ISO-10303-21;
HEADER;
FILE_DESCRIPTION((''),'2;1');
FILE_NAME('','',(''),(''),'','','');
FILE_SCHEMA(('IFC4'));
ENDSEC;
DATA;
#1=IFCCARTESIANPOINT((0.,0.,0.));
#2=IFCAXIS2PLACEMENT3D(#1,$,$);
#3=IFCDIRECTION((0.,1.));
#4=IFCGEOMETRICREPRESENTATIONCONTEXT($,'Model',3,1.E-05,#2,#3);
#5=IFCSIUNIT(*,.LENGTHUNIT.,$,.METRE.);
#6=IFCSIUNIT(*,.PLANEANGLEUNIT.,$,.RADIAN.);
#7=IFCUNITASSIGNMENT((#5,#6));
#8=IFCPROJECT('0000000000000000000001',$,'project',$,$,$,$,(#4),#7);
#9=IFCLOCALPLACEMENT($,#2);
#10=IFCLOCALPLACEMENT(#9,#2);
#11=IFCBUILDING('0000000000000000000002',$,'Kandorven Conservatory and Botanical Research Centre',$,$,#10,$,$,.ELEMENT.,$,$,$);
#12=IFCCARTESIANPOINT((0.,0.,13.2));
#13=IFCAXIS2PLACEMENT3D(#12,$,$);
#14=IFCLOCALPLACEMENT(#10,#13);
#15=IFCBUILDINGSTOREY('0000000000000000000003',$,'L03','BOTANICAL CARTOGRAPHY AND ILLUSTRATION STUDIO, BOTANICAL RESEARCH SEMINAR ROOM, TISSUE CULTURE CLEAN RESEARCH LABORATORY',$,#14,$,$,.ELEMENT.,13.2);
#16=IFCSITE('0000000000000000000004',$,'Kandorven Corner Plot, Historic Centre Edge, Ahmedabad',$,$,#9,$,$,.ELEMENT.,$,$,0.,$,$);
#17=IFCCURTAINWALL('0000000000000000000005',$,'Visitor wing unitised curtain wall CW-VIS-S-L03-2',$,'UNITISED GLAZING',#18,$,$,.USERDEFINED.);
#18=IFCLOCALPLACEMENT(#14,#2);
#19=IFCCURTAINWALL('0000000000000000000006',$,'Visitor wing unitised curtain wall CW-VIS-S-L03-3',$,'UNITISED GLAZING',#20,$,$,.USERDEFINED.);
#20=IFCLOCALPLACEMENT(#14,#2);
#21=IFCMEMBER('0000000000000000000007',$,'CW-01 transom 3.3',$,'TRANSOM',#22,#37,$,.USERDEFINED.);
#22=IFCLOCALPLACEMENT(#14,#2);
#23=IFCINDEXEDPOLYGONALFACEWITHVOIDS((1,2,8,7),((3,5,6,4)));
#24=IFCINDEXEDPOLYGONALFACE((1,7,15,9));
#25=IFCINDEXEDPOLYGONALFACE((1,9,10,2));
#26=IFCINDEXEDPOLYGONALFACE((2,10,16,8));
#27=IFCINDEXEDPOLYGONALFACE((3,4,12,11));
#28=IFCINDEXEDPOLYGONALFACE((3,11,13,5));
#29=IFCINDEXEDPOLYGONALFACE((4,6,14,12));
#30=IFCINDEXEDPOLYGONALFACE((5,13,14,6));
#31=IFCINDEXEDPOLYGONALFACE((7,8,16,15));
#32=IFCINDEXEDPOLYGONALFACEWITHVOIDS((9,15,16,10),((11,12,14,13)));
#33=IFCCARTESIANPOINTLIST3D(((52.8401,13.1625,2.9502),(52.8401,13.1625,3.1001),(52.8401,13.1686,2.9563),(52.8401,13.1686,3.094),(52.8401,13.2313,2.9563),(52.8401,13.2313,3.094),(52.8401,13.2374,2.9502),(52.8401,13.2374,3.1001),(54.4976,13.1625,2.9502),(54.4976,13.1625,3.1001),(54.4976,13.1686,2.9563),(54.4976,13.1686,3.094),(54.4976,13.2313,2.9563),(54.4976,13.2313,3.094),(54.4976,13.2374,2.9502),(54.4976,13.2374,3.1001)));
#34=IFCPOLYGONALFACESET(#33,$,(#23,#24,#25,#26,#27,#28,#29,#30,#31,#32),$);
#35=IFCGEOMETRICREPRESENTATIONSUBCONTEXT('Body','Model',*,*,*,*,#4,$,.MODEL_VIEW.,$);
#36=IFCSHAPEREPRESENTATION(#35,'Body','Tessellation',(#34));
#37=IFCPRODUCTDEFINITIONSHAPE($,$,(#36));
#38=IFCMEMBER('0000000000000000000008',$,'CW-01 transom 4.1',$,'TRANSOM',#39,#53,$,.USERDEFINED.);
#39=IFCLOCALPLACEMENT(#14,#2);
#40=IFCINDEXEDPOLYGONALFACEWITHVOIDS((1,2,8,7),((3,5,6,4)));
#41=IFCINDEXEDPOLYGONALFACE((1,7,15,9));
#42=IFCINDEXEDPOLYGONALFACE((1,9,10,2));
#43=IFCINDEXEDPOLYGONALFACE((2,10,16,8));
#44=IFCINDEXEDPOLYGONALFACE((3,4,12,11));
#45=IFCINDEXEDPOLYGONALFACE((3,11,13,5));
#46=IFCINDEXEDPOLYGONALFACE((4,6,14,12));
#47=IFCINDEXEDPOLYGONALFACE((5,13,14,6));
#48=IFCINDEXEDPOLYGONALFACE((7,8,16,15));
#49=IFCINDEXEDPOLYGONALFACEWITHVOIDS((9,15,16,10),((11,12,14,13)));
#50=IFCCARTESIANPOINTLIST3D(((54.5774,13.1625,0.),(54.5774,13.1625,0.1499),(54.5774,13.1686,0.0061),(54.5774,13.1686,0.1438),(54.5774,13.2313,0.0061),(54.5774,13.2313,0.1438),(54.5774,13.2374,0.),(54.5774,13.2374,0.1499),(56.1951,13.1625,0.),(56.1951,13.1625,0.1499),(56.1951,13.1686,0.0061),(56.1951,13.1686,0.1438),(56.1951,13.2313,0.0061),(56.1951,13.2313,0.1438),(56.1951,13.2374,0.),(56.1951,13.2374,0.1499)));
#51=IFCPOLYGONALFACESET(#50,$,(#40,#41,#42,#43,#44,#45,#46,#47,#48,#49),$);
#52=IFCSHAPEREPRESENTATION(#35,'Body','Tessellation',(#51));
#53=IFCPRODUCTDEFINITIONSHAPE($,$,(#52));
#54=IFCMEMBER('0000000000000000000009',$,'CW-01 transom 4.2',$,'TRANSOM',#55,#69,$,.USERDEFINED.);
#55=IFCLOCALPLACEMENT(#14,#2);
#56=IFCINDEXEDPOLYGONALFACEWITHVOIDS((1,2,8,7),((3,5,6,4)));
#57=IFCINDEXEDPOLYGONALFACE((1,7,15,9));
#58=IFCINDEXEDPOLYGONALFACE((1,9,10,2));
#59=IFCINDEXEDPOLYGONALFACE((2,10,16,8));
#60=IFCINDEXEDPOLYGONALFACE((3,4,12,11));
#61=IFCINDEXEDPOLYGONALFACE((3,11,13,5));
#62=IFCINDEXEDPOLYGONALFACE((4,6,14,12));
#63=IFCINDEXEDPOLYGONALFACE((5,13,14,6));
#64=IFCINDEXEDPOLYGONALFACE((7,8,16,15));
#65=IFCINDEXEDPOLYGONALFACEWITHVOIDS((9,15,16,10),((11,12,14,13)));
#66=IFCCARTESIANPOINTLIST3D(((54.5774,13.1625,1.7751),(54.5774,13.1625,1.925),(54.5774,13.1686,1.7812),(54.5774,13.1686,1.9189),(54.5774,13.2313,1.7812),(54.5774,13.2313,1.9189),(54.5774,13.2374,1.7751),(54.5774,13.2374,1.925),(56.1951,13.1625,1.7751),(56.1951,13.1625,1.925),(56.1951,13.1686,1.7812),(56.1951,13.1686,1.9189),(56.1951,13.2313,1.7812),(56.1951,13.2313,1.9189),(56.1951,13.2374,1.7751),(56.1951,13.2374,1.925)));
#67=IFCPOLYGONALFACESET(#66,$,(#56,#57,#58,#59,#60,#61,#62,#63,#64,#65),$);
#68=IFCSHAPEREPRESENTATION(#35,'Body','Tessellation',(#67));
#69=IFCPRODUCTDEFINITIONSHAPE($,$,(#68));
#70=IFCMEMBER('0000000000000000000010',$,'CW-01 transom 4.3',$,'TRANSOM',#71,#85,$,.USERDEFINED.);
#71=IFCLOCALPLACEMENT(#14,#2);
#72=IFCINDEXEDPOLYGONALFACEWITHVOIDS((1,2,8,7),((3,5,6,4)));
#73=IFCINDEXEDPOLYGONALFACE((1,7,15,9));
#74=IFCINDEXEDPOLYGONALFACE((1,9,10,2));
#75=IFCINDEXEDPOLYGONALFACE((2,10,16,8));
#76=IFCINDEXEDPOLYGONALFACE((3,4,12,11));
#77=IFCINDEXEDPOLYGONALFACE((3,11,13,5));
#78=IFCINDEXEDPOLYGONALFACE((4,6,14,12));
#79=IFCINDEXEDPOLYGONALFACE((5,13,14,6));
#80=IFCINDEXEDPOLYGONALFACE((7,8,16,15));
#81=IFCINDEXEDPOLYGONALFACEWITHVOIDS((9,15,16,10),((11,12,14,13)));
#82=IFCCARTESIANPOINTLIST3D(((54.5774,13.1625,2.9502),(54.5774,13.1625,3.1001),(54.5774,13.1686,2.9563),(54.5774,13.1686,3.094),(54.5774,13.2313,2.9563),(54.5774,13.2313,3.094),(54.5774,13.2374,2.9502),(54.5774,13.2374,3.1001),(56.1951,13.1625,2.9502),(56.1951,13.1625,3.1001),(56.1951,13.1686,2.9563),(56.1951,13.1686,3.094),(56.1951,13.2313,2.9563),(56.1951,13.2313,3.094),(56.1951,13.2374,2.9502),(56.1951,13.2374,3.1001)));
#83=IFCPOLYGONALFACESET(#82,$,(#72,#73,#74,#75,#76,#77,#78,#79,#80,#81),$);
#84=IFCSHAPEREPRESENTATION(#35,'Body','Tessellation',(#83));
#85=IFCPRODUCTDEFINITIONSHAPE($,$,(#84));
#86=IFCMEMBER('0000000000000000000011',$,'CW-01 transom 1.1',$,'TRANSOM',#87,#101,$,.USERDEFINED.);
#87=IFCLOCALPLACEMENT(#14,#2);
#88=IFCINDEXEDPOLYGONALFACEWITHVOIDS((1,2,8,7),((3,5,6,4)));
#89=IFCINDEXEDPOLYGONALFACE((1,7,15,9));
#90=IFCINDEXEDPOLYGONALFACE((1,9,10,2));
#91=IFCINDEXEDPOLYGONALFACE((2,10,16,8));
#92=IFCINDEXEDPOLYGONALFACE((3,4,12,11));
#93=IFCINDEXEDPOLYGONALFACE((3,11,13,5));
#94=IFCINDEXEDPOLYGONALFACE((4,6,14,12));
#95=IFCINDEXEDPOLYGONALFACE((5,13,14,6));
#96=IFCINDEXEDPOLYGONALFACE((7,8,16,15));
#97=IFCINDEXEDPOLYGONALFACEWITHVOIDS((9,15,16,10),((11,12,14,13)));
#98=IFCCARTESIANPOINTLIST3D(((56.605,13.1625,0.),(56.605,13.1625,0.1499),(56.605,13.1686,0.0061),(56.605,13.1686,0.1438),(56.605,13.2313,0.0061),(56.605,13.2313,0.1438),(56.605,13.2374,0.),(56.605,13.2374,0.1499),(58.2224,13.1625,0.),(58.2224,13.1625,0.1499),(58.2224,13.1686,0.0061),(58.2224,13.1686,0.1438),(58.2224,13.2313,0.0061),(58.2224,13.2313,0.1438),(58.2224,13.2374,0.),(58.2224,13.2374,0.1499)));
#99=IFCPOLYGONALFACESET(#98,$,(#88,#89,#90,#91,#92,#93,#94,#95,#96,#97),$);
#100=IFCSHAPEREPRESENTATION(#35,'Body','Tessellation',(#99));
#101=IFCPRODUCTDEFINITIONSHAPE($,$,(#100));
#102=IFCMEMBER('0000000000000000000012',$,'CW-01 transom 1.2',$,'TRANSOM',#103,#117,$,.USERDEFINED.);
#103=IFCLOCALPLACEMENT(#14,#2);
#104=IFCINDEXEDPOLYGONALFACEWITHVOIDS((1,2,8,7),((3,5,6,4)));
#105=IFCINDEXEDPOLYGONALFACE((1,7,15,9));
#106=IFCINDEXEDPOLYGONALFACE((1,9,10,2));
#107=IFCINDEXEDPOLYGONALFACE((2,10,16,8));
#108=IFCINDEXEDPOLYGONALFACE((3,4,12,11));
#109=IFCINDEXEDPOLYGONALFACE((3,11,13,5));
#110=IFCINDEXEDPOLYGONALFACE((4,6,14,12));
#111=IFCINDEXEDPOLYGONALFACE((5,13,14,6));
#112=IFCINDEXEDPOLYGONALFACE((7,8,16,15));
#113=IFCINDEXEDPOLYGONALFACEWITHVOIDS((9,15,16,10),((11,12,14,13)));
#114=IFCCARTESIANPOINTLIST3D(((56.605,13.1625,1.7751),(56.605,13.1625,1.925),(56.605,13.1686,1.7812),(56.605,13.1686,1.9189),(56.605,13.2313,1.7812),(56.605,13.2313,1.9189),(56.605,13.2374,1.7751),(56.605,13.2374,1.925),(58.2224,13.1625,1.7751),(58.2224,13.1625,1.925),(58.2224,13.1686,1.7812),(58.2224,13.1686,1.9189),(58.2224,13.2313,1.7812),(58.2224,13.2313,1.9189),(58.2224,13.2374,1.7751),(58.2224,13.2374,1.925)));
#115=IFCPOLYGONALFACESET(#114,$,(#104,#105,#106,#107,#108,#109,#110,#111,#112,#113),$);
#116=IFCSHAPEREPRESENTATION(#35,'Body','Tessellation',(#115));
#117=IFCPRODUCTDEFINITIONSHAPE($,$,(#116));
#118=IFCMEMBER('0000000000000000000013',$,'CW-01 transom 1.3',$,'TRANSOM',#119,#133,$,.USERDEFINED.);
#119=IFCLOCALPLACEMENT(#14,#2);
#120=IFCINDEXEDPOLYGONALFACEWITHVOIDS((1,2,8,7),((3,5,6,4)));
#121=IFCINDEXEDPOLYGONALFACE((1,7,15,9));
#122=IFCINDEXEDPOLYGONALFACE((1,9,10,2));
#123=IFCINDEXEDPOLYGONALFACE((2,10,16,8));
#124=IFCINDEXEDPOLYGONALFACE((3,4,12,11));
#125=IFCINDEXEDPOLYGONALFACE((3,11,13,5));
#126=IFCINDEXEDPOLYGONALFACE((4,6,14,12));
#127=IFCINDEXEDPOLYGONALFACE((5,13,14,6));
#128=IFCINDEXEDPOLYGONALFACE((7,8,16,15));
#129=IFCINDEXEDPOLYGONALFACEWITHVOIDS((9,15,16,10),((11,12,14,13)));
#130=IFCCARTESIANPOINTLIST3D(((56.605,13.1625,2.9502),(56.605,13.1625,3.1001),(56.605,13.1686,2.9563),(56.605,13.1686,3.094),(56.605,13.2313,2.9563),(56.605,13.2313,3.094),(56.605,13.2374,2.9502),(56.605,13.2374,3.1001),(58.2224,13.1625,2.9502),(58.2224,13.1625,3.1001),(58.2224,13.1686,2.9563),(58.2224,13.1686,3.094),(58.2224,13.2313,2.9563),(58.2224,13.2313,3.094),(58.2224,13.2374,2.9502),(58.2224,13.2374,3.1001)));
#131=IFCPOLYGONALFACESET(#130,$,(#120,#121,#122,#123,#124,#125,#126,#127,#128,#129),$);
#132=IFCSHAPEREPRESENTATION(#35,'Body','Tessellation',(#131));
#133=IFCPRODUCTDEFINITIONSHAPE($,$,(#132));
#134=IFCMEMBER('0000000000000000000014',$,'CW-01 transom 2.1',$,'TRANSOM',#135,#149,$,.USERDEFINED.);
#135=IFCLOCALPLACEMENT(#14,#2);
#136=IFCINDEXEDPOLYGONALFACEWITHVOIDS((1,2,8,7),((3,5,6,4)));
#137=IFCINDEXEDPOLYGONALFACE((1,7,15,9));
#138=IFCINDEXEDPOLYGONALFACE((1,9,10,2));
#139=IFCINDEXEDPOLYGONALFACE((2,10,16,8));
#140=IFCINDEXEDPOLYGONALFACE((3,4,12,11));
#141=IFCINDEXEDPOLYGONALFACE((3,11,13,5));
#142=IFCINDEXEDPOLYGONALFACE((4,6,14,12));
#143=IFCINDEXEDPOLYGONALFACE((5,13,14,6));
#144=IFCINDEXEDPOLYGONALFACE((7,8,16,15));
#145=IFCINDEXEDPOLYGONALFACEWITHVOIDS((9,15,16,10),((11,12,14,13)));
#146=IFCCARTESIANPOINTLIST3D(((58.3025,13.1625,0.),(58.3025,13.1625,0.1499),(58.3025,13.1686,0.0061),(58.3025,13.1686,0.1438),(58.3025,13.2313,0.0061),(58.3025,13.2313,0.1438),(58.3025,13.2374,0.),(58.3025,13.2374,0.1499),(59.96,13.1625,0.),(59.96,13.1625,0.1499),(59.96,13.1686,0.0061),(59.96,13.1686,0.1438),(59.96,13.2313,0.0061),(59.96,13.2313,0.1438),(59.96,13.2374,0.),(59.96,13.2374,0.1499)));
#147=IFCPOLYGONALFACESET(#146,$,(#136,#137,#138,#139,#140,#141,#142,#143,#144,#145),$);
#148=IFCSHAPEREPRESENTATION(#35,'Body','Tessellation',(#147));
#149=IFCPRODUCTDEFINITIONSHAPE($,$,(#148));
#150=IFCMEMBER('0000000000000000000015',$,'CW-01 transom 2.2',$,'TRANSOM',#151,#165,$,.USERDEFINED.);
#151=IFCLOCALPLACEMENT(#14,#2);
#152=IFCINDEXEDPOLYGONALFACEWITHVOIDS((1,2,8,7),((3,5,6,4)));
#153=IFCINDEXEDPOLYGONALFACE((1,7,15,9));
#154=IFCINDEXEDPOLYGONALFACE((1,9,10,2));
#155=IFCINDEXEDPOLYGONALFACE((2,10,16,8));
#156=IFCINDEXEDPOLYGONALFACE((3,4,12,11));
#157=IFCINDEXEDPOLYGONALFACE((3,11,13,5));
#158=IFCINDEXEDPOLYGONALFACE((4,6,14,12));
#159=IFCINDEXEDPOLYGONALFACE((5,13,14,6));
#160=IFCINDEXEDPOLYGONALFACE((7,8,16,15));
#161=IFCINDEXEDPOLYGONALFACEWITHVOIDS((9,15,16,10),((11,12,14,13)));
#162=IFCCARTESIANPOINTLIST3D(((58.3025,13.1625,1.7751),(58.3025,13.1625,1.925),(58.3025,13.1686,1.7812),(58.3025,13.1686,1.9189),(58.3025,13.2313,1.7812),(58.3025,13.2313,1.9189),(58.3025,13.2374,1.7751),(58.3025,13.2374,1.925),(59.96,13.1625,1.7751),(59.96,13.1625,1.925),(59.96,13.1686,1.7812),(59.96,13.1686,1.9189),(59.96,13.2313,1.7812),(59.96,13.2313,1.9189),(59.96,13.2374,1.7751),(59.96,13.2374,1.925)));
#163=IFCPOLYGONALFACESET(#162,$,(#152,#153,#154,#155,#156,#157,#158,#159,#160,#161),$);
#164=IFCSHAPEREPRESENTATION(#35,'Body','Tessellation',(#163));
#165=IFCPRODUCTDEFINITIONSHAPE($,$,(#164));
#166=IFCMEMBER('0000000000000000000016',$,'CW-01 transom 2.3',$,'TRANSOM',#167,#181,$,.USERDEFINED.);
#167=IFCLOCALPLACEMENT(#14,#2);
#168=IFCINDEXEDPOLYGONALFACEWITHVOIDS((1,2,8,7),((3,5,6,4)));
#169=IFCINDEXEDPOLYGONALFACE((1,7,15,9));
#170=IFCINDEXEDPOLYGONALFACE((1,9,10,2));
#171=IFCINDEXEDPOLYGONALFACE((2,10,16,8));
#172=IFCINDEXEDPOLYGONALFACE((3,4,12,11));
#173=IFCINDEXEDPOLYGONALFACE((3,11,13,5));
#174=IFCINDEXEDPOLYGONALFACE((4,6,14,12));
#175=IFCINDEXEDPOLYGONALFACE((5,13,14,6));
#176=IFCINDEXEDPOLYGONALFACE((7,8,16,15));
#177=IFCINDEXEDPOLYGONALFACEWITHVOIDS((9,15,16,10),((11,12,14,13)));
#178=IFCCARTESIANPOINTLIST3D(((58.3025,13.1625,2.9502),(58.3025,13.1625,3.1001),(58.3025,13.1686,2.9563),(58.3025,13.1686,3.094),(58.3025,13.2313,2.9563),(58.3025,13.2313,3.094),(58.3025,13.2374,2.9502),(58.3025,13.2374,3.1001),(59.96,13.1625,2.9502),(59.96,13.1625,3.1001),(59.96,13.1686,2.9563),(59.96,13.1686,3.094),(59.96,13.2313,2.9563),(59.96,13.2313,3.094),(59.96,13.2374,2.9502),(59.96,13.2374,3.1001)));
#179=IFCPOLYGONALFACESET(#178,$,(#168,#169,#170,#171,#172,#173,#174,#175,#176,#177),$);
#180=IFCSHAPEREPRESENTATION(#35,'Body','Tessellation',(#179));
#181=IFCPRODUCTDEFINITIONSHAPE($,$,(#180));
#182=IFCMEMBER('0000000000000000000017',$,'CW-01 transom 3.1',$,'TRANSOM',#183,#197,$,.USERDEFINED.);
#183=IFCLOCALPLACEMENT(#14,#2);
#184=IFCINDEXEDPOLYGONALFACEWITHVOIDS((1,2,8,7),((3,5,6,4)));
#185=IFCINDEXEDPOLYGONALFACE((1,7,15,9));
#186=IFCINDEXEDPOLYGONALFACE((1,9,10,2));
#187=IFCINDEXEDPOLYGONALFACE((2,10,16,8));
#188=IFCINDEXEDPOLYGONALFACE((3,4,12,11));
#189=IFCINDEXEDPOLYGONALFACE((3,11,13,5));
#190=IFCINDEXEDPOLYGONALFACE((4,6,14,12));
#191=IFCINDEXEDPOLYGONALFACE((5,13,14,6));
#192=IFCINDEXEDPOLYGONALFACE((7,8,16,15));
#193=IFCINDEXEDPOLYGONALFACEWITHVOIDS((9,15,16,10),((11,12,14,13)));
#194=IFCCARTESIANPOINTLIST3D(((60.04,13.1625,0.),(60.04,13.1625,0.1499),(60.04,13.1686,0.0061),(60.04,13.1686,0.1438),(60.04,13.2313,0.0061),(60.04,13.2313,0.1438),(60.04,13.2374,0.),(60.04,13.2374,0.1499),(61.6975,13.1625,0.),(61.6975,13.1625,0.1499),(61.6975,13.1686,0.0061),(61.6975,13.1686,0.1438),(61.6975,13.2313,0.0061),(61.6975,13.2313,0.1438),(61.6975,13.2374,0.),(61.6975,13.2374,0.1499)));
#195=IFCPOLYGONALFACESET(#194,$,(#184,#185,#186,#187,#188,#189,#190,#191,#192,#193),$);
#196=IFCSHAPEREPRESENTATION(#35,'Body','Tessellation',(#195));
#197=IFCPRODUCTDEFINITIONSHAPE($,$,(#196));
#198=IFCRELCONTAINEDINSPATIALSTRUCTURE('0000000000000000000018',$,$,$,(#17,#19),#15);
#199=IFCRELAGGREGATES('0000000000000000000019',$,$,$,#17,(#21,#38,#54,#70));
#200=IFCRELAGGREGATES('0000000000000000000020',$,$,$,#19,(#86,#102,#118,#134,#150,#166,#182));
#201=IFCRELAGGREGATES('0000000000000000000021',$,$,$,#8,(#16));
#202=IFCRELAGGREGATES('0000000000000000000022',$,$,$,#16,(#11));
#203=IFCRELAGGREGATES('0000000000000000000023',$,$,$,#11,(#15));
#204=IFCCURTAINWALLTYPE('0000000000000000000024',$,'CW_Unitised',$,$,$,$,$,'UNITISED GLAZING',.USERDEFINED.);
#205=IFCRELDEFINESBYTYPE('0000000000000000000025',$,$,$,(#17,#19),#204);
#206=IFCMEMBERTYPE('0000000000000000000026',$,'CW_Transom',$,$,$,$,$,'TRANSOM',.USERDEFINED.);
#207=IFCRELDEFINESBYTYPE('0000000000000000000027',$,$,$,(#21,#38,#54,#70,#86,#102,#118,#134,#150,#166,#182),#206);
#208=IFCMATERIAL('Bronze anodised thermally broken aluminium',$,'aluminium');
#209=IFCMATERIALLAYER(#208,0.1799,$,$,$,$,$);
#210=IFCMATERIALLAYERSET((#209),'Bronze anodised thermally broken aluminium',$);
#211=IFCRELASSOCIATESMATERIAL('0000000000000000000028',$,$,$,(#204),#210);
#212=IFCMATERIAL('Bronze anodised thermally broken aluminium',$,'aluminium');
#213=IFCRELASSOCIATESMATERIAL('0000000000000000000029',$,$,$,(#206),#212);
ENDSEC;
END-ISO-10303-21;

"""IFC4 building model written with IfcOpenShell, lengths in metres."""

from ifc_helpers import new_model, si_unit, direction, frame, origin, origin_2d, place, context, subcontext, project, spatial, hollow_rectangle, extrude, material, layer, layer_set, material_profile, profile_set, type_object, element, aggregate, save


model = new_model("IFC4")

# Units and contexts
model_context = context("Model", 3, precision=1e-05, world=origin(), true_north=direction((0.0, 1.0)))
body_context = subcontext(model_context, "Body", "Model", "MODEL_VIEW")
ifc_project = project(units=[si_unit("LENGTHUNIT", "METRE"), si_unit("PLANEANGLEUNIT", "RADIAN")], contexts=[model_context])

# Site, building, storey
site_placement = place(None, origin())
site = spatial("IfcSite", under=ifc_project, at=site_placement, Name="Kandorven Corner Plot, Historic Centre Edge, Ahmedabad", CompositionType="ELEMENT", RefElevation=0.0)
building_placement = place(site_placement, origin())
building = spatial("IfcBuilding", under=site, at=building_placement, Name="Kandorven Conservatory and Botanical Research Centre", CompositionType="ELEMENT")
storey_placement = place(building_placement, frame((0.0, 0.0, 13.2)))
storey = spatial("IfcBuildingStorey", under=building, at=storey_placement, Name="L03", Description="BOTANICAL CARTOGRAPHY AND ILLUSTRATION STUDIO, BOTANICAL RESEARCH SEMINAR ROOM, TISSUE CULTURE CLEAN RESEARCH LABORATORY", CompositionType="ELEMENT", Elevation=13.2)

# Curtain walls
ifc_material_1 = material(Name="Bronze anodised thermally broken aluminium", Category="aluminium")
ifc_layer_1 = layer(ifc_material_1, 0.1799)
ifc_layer_set_1 = layer_set([ifc_layer_1], Name="Bronze anodised thermally broken aluminium")
curtain_wall_type = type_object("IfcCurtainWallType", Name="CW_Unitised", ElementType="UNITISED GLAZING", PredefinedType="USERDEFINED", material=ifc_layer_set_1)
curtain_wall_1_placement = place(storey_placement, origin())
curtain_wall_1 = element("IfcCurtainWall", 1, at=curtain_wall_1_placement, inside=storey, type_object=curtain_wall_type, Name="Visitor wing unitised curtain wall CW-VIS-S-L03-2", ObjectType="UNITISED GLAZING", PredefinedType="USERDEFINED")
curtain_wall_2_placement = place(storey_placement, origin())
curtain_wall_2 = element("IfcCurtainWall", 2, at=curtain_wall_2_placement, inside=storey, type_object=curtain_wall_type, Name="Visitor wing unitised curtain wall CW-VIS-S-L03-3", ObjectType="UNITISED GLAZING", PredefinedType="USERDEFINED")

# Members
ifc_material_2 = material(Name="Bronze anodised thermally broken aluminium", Category="aluminium")
ifc_material_profile_1 = material_profile(ifc_material_2, hollow_rectangle(XDim=0.075, YDim=0.1499, WallThickness=0.0061, at=origin_2d()))
ifc_profile_set_1 = profile_set([ifc_material_profile_1], Name="Bronze anodised thermally broken aluminium")
member_type_1 = type_object("IfcMemberType", Name="CW_Transom", ElementType="TRANSOM", PredefinedType="USERDEFINED", material=ifc_profile_set_1)
member_1_placement = place(storey_placement, frame((52.8401, 13.2, 3.0251), z_axis=(1.0, 0.0, 0.0), x_axis=(0.0, 1.0, 0.0)))
member_1 = element("IfcMember", 3, at=member_1_placement, type_object=member_type_1, Name="CW-01 transom 3.3", ObjectType="TRANSOM", PredefinedType="USERDEFINED", context=body_context, shape_type="SweptSolid", body=[
    extrude(hollow_rectangle(XDim=0.075, YDim=0.1499, WallThickness=0.0061, at=origin_2d()), origin(), (0.0, 0.0, 1.0), 1.6575),
])
member_2_placement = place(storey_placement, frame((54.5774, 13.2, 0.075), z_axis=(1.0, 0.0, 0.0), x_axis=(0.0, 1.0, 0.0)))
member_2 = element("IfcMember", 4, at=member_2_placement, type_object=member_type_1, Name="CW-01 transom 4.1", ObjectType="TRANSOM", PredefinedType="USERDEFINED", context=body_context, shape_type="SweptSolid", body=[
    extrude(hollow_rectangle(XDim=0.075, YDim=0.1499, WallThickness=0.0061, at=origin_2d()), origin(), (0.0, 0.0, 1.0), 1.6177),
])
member_3_placement = place(storey_placement, frame((54.5774, 13.2, 1.8501), z_axis=(1.0, 0.0, 0.0), x_axis=(0.0, 1.0, 0.0)))
member_3 = element("IfcMember", 5, at=member_3_placement, type_object=member_type_1, Name="CW-01 transom 4.2", ObjectType="TRANSOM", PredefinedType="USERDEFINED", context=body_context, shape_type="SweptSolid", body=[
    extrude(hollow_rectangle(XDim=0.075, YDim=0.1499, WallThickness=0.0061, at=origin_2d()), origin(), (0.0, 0.0, 1.0), 1.6177),
])
member_4_placement = place(storey_placement, frame((54.5774, 13.2, 3.0251), z_axis=(1.0, 0.0, 0.0), x_axis=(0.0, 1.0, 0.0)))
member_4 = element("IfcMember", 6, at=member_4_placement, type_object=member_type_1, Name="CW-01 transom 4.3", ObjectType="TRANSOM", PredefinedType="USERDEFINED", context=body_context, shape_type="SweptSolid", body=[
    extrude(hollow_rectangle(XDim=0.075, YDim=0.1499, WallThickness=0.0061, at=origin_2d()), origin(), (0.0, 0.0, 1.0), 1.6177),
])
member_5_placement = place(storey_placement, frame((56.605, 13.2, 0.075), z_axis=(1.0, 0.0, 0.0), x_axis=(0.0, 1.0, 0.0)))
member_5 = element("IfcMember", 7, at=member_5_placement, type_object=member_type_1, Name="CW-01 transom 1.1", ObjectType="TRANSOM", PredefinedType="USERDEFINED", context=body_context, shape_type="SweptSolid", body=[
    extrude(hollow_rectangle(XDim=0.075, YDim=0.1499, WallThickness=0.0061, at=origin_2d()), origin(), (0.0, 0.0, 1.0), 1.6174),
])
member_6_placement = place(storey_placement, frame((56.605, 13.2, 1.8501), z_axis=(1.0, 0.0, 0.0), x_axis=(0.0, 1.0, 0.0)))
member_6 = element("IfcMember", 8, at=member_6_placement, type_object=member_type_1, Name="CW-01 transom 1.2", ObjectType="TRANSOM", PredefinedType="USERDEFINED", context=body_context, shape_type="SweptSolid", body=[
    extrude(hollow_rectangle(XDim=0.075, YDim=0.1499, WallThickness=0.0061, at=origin_2d()), origin(), (0.0, 0.0, 1.0), 1.6174),
])
member_7_placement = place(storey_placement, frame((56.605, 13.2, 3.0251), z_axis=(1.0, 0.0, 0.0), x_axis=(0.0, 1.0, 0.0)))
member_7 = element("IfcMember", 9, at=member_7_placement, type_object=member_type_1, Name="CW-01 transom 1.3", ObjectType="TRANSOM", PredefinedType="USERDEFINED", context=body_context, shape_type="SweptSolid", body=[
    extrude(hollow_rectangle(XDim=0.075, YDim=0.1499, WallThickness=0.0061, at=origin_2d()), origin(), (0.0, 0.0, 1.0), 1.6174),
])
member_8_placement = place(storey_placement, frame((58.3025, 13.2, 0.075), z_axis=(1.0, 0.0, 0.0), x_axis=(0.0, 1.0, 0.0)))
member_8 = element("IfcMember", 10, at=member_8_placement, type_object=member_type_1, Name="CW-01 transom 2.1", ObjectType="TRANSOM", PredefinedType="USERDEFINED", context=body_context, shape_type="SweptSolid", body=[
    extrude(hollow_rectangle(XDim=0.075, YDim=0.1499, WallThickness=0.0061, at=origin_2d()), origin(), (0.0, 0.0, 1.0), 1.6575),
])
member_9_placement = place(storey_placement, frame((58.3025, 13.2, 1.8501), z_axis=(1.0, 0.0, 0.0), x_axis=(0.0, 1.0, 0.0)))
member_9 = element("IfcMember", 11, at=member_9_placement, type_object=member_type_1, Name="CW-01 transom 2.2", ObjectType="TRANSOM", PredefinedType="USERDEFINED", context=body_context, shape_type="SweptSolid", body=[
    extrude(hollow_rectangle(XDim=0.075, YDim=0.1499, WallThickness=0.0061, at=origin_2d()), origin(), (0.0, 0.0, 1.0), 1.6575),
])
member_10_placement = place(storey_placement, frame((58.3025, 13.2, 3.0251), z_axis=(1.0, 0.0, 0.0), x_axis=(0.0, 1.0, 0.0)))
member_10 = element("IfcMember", 12, at=member_10_placement, type_object=member_type_1, Name="CW-01 transom 2.3", ObjectType="TRANSOM", PredefinedType="USERDEFINED", context=body_context, shape_type="SweptSolid", body=[
    extrude(hollow_rectangle(XDim=0.075, YDim=0.1499, WallThickness=0.0061, at=origin_2d()), origin(), (0.0, 0.0, 1.0), 1.6575),
])
member_11_placement = place(storey_placement, frame((60.04, 13.2, 0.075), z_axis=(1.0, 0.0, 0.0), x_axis=(0.0, 1.0, 0.0)))
member_11 = element("IfcMember", 13, at=member_11_placement, type_object=member_type_1, Name="CW-01 transom 3.1", ObjectType="TRANSOM", PredefinedType="USERDEFINED", context=body_context, shape_type="SweptSolid", body=[
    extrude(hollow_rectangle(XDim=0.075, YDim=0.1499, WallThickness=0.0061, at=origin_2d()), origin(), (0.0, 0.0, 1.0), 1.6575),
])

aggregate(curtain_wall_1, [member_1, member_2, member_3, member_4])
aggregate(curtain_wall_2, [member_5, member_6, member_7, member_8, member_9, member_10, member_11])

save(model, "model.ifc")
